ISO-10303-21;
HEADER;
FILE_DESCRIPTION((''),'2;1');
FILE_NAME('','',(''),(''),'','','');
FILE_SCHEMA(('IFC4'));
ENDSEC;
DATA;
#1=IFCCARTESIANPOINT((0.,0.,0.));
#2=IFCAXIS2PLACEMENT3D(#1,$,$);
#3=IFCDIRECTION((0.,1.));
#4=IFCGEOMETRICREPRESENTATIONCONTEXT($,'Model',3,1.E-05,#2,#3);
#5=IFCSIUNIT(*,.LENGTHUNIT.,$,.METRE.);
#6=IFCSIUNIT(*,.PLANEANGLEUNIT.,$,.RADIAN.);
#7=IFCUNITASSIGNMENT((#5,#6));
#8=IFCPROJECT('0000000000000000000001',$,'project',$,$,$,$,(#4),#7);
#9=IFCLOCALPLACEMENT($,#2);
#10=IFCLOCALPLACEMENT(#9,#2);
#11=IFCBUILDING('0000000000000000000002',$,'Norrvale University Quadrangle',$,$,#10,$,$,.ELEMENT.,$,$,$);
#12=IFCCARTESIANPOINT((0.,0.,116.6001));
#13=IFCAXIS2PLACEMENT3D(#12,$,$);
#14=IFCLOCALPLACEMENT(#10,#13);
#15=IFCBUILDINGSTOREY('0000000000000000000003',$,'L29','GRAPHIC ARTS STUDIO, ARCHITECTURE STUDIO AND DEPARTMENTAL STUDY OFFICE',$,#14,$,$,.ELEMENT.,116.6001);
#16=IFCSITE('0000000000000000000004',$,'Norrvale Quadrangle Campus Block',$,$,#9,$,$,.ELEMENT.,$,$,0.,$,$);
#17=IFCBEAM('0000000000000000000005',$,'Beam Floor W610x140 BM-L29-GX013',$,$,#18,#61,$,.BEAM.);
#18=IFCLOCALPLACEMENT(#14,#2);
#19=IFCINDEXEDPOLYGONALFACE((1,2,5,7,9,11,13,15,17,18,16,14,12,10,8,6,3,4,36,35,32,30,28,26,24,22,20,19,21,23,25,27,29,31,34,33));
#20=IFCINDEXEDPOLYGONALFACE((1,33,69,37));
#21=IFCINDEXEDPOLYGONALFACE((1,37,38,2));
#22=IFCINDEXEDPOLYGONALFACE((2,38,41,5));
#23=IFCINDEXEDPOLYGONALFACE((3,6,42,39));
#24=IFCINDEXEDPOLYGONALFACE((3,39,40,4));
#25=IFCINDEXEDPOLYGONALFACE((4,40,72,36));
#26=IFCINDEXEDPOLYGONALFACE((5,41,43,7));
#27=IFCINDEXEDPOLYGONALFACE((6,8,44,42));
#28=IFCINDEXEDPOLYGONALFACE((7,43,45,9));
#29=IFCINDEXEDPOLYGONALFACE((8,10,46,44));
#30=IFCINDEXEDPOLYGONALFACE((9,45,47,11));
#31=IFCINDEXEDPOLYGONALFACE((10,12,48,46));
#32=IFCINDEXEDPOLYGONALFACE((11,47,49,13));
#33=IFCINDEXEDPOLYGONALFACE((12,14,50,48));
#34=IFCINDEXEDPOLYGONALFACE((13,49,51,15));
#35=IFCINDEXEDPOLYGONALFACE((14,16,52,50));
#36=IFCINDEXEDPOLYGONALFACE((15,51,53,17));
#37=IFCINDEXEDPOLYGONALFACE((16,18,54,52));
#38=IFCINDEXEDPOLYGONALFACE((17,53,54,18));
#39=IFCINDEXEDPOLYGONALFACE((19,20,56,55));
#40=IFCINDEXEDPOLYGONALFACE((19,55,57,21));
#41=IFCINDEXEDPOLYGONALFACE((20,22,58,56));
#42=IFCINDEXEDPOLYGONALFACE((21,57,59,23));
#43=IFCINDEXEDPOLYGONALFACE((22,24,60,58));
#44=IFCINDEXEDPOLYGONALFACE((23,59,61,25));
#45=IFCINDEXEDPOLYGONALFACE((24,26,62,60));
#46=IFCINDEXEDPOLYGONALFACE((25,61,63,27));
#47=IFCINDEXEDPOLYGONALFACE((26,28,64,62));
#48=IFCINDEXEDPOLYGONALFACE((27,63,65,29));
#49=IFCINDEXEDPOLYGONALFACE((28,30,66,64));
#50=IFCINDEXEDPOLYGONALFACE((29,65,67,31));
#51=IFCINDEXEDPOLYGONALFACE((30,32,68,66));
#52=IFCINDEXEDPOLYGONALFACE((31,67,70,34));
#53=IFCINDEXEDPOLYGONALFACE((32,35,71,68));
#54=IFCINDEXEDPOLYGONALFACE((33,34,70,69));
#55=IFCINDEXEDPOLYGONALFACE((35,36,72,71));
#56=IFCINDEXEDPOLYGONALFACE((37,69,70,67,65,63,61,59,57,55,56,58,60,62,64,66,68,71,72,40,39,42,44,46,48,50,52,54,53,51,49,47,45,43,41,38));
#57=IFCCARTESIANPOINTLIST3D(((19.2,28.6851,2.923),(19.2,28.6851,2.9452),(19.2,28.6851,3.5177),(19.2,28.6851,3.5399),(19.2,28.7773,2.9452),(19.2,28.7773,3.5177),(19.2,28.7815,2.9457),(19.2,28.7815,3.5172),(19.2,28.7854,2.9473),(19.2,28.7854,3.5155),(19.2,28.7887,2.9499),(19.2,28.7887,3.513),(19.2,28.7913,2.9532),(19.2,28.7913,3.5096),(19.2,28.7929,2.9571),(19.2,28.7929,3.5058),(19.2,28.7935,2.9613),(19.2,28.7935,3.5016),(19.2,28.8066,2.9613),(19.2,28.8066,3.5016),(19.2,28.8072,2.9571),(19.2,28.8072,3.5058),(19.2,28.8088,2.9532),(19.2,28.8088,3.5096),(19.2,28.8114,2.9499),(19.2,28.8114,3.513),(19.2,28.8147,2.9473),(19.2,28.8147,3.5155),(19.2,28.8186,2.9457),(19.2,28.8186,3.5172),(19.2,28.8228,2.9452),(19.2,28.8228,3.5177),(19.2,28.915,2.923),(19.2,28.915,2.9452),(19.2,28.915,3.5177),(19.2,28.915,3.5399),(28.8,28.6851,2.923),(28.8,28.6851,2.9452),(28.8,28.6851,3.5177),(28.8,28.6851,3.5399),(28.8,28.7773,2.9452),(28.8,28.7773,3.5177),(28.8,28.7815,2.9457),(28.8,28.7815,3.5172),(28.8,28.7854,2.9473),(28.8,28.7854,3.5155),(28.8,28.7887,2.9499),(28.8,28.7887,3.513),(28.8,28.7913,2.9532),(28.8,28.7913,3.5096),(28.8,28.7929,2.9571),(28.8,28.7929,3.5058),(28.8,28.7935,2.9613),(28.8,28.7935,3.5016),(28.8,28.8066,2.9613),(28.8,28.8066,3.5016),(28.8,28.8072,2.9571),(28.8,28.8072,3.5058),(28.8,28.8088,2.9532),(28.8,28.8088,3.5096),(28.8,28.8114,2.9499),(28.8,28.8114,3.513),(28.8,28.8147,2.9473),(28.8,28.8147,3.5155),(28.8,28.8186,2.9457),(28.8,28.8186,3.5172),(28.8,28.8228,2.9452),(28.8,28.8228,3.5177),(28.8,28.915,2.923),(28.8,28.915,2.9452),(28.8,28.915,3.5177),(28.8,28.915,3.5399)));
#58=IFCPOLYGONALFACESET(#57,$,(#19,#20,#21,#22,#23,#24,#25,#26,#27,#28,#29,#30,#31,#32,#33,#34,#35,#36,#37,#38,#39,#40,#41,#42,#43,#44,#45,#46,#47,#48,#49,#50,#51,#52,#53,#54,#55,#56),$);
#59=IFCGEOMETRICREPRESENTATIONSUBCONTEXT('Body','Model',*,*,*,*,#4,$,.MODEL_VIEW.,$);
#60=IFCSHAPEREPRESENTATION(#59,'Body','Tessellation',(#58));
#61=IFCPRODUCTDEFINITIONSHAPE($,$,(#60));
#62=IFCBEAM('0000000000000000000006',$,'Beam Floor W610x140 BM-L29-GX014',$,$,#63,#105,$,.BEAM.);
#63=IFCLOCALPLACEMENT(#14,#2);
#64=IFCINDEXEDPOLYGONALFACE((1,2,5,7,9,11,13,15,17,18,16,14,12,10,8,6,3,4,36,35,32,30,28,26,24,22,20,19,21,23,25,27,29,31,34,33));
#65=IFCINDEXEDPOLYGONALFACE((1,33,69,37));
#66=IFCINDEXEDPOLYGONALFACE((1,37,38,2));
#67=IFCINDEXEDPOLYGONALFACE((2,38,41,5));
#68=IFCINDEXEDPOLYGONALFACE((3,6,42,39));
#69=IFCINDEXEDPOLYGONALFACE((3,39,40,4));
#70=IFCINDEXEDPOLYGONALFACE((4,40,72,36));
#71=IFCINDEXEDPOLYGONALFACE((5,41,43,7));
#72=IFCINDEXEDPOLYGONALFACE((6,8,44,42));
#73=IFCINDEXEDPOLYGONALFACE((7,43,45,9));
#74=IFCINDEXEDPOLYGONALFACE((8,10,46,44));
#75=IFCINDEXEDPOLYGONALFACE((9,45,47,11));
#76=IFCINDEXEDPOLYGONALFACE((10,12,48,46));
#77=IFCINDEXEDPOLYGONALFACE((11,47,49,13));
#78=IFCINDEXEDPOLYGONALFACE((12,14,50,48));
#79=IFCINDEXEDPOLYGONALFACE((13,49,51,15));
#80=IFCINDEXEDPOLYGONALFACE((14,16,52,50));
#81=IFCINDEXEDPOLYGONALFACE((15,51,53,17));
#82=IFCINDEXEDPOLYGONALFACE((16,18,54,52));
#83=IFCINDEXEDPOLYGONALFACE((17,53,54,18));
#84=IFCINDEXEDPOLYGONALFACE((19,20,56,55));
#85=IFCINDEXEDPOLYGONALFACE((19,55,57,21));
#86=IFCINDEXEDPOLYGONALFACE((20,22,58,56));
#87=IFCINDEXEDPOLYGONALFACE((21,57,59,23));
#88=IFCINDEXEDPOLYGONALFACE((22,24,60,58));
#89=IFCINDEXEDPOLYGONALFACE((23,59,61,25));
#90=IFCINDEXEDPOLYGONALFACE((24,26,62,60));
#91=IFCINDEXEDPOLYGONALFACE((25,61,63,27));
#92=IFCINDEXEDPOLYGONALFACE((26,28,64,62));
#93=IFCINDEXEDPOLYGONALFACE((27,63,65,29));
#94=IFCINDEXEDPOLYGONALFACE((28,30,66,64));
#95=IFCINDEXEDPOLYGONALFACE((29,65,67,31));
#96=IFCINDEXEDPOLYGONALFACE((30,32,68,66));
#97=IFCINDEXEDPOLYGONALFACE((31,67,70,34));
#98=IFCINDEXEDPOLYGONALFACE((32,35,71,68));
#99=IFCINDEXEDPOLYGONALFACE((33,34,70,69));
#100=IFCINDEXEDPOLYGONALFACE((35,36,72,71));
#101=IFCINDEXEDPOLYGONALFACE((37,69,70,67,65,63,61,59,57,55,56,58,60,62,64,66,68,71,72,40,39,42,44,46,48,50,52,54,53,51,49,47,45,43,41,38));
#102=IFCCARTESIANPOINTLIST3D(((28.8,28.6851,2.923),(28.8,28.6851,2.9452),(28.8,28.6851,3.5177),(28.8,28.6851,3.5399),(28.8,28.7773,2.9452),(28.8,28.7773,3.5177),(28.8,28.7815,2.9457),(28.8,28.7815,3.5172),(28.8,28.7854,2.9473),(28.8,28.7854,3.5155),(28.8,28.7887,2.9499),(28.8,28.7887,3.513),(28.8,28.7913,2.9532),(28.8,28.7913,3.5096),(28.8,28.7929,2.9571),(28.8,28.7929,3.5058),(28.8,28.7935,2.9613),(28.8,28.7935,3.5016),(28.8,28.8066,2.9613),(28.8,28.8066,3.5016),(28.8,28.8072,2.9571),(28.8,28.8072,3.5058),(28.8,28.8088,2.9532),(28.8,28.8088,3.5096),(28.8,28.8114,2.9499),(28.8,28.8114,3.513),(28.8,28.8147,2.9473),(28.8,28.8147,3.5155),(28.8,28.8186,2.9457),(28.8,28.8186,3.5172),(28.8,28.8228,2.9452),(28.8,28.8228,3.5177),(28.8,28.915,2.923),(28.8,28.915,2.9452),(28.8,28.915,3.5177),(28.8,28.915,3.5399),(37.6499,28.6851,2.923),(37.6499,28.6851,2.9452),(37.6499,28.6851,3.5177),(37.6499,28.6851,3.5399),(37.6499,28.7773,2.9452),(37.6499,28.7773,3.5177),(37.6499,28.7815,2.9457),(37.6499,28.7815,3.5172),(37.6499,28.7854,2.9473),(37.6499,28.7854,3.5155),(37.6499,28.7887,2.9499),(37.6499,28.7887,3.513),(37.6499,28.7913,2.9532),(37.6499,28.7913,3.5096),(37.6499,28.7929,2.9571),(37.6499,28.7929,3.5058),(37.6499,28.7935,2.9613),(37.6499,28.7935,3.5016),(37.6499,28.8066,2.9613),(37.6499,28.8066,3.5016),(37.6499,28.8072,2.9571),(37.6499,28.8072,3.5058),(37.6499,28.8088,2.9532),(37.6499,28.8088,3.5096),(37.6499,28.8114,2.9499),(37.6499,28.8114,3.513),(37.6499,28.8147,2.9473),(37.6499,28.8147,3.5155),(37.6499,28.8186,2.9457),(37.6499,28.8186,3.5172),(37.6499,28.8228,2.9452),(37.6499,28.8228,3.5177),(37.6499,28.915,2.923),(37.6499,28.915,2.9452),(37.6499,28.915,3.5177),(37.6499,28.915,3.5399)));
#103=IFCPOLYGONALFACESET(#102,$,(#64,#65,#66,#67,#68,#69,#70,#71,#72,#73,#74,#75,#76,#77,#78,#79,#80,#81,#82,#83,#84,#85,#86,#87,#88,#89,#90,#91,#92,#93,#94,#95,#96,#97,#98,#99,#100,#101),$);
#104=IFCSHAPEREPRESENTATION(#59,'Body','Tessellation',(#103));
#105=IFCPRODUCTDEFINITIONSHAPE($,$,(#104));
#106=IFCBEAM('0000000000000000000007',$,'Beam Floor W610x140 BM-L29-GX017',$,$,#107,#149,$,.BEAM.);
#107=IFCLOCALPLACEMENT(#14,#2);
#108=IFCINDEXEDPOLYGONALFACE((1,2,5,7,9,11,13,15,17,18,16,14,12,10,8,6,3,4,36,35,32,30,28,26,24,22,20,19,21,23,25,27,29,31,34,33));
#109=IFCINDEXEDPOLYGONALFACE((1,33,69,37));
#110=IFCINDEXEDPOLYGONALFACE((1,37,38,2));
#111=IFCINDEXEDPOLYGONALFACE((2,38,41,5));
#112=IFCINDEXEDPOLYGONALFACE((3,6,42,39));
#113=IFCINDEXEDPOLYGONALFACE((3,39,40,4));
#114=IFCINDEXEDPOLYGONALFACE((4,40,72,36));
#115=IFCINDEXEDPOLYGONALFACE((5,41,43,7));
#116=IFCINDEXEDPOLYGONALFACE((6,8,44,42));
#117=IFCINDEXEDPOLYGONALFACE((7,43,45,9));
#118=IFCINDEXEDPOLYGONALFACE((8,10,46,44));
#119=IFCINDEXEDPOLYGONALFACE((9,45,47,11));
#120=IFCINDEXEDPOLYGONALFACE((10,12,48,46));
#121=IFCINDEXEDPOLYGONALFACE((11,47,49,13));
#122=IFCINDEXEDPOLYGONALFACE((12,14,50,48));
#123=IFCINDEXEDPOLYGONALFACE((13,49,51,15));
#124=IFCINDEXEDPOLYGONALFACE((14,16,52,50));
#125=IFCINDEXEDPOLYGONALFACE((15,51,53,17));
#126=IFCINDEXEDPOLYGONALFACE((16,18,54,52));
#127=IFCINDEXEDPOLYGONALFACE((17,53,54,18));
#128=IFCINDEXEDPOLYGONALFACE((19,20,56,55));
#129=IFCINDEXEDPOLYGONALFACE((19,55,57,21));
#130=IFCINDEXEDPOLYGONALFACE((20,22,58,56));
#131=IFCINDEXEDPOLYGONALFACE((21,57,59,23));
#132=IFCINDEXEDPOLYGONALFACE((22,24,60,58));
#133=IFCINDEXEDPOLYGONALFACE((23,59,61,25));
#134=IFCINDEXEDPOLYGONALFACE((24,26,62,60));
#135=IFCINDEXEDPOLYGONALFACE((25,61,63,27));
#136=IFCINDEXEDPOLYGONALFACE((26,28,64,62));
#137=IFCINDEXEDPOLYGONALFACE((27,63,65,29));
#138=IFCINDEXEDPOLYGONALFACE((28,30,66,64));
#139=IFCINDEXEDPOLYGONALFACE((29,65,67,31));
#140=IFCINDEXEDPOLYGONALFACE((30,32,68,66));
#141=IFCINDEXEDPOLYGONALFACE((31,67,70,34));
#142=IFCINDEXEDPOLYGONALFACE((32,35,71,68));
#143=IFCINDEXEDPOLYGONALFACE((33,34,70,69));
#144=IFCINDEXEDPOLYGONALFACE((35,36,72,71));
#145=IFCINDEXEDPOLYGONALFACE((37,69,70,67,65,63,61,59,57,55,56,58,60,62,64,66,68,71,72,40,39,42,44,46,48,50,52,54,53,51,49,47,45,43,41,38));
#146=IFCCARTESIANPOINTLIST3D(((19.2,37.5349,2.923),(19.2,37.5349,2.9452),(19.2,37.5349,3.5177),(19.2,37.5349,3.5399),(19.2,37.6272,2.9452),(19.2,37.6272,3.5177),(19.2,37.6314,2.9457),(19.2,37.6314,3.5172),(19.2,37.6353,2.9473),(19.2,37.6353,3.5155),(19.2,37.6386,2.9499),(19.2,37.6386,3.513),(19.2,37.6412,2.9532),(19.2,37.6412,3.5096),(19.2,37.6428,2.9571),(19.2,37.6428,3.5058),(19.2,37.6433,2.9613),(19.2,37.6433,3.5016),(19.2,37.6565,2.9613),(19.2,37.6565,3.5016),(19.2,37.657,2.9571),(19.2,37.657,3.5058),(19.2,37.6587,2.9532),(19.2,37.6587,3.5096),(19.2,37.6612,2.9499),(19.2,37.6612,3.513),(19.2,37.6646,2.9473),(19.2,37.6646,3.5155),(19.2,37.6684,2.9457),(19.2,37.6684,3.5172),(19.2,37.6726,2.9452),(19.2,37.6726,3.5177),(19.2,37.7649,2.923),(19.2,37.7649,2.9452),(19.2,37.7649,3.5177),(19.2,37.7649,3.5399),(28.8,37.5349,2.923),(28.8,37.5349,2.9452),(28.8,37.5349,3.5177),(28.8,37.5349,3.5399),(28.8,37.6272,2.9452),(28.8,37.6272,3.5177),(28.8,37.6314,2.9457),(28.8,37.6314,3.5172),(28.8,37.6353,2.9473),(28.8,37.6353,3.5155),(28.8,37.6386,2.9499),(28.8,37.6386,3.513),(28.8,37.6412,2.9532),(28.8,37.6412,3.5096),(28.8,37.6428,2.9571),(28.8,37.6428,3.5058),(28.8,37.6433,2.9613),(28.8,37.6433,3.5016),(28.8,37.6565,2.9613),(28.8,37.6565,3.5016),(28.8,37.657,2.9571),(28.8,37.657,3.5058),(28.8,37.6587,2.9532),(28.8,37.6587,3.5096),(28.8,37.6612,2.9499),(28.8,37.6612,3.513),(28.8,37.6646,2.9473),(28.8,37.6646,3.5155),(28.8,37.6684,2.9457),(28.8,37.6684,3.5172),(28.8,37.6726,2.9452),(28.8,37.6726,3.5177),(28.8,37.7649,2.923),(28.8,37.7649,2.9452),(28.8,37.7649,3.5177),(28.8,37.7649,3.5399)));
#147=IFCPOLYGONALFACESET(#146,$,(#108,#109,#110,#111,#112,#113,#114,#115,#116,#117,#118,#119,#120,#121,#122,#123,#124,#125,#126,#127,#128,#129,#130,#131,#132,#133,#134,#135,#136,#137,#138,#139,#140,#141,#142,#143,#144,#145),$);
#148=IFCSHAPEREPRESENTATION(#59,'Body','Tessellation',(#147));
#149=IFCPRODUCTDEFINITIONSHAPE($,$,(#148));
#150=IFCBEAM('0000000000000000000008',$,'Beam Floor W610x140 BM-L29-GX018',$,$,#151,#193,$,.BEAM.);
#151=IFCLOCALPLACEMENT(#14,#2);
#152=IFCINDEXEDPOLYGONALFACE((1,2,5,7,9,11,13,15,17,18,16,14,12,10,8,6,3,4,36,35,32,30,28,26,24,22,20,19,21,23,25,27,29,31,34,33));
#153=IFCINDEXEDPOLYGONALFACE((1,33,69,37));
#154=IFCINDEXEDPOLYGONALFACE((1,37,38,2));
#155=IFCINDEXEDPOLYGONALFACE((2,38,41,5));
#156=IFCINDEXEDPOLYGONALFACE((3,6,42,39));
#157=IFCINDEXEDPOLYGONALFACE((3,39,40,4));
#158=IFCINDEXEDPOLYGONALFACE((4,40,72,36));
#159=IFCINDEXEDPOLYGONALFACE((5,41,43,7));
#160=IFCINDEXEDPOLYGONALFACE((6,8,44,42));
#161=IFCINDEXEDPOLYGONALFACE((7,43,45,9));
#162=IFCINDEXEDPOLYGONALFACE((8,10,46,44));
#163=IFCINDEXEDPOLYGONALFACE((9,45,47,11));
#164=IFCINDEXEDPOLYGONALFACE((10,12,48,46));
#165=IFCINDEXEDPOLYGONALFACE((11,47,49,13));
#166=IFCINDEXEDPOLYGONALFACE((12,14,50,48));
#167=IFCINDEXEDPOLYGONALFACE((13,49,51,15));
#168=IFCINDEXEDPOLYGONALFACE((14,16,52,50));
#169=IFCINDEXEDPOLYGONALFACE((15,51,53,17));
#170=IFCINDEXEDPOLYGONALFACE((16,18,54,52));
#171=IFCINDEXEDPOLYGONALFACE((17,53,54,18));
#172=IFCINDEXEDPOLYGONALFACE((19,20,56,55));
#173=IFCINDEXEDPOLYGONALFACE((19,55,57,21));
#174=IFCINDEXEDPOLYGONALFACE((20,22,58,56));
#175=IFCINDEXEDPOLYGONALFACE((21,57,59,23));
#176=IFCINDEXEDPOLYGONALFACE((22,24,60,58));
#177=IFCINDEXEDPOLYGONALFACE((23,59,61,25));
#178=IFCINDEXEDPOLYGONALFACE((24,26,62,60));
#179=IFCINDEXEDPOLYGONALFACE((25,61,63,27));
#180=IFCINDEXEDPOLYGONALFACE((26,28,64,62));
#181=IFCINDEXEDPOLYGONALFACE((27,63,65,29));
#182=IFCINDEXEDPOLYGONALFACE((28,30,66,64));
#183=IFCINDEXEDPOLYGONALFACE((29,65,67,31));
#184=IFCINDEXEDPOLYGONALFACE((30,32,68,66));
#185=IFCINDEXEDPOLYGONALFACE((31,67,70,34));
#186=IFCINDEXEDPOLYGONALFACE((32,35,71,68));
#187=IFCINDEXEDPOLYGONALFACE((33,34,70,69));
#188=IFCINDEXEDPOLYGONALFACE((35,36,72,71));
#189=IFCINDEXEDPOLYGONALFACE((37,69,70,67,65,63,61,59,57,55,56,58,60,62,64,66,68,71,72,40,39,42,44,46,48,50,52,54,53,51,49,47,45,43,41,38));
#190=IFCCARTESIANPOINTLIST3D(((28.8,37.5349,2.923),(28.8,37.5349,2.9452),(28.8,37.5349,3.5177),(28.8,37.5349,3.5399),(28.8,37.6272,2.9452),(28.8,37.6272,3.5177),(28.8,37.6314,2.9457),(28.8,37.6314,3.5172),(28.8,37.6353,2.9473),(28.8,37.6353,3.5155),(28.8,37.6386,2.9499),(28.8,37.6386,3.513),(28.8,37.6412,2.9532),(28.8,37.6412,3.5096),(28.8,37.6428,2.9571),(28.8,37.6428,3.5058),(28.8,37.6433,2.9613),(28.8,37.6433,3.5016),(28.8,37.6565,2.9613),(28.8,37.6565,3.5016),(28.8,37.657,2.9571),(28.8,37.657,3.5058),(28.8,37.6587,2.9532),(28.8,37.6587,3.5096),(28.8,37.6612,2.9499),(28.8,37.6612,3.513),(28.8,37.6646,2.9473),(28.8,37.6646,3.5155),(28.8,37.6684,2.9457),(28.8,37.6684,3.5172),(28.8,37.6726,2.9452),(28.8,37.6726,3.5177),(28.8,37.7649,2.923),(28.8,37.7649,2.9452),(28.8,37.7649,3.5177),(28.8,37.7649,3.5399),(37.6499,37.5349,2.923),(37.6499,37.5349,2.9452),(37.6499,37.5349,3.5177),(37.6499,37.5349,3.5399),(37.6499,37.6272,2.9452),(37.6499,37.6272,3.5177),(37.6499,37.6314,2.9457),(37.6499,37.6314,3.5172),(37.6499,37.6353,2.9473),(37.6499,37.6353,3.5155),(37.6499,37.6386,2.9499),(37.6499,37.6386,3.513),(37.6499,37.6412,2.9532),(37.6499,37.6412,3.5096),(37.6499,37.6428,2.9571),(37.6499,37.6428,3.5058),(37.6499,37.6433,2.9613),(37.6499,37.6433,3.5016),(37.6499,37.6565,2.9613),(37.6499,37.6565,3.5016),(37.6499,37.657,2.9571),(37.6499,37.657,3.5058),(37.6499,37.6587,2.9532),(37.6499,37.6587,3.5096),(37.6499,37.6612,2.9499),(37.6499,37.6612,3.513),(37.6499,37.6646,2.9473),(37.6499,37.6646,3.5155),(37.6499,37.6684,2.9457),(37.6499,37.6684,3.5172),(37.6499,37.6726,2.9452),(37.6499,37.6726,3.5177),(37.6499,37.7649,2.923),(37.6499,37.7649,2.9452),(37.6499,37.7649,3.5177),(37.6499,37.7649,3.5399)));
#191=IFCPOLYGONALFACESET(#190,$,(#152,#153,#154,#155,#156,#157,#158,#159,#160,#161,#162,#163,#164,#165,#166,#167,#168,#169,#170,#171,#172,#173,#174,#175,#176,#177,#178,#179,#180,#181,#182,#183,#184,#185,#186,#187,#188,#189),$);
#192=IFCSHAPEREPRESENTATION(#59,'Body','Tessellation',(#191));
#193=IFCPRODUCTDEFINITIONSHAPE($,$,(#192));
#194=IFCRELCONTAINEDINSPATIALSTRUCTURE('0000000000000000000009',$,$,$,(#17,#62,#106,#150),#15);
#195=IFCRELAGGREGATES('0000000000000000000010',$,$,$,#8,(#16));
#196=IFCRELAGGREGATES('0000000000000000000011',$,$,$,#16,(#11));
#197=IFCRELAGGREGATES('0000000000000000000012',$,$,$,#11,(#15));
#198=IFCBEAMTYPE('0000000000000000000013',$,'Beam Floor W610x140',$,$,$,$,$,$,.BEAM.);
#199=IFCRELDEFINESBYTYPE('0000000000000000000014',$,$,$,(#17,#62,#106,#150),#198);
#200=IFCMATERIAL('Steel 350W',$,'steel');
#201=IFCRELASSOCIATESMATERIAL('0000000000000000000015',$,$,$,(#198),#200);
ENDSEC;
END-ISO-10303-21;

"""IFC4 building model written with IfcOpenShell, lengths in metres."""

from ifc_helpers import new_model, si_unit, direction, frame, origin, origin_2d, place, context, subcontext, project, spatial, i_section, extrude, material, material_profile, profile_set, type_object, element, save


model = new_model("IFC4")

# Units and contexts
model_context = context("Model", 3, precision=1e-05, world=origin(), true_north=direction((0.0, 1.0)))
body_context = subcontext(model_context, "Body", "Model", "MODEL_VIEW")
ifc_project = project(units=[si_unit("LENGTHUNIT", "METRE"), si_unit("PLANEANGLEUNIT", "RADIAN")], contexts=[model_context])

# Site, building, storey
site_placement = place(None, origin())
site = spatial("IfcSite", under=ifc_project, at=site_placement, Name="Norrvale Quadrangle Campus Block", CompositionType="ELEMENT", RefElevation=0.0)
building_placement = place(site_placement, origin())
building = spatial("IfcBuilding", under=site, at=building_placement, Name="Norrvale University Quadrangle", CompositionType="ELEMENT")
storey_placement = place(building_placement, frame((0.0, 0.0, 116.6001)))
storey = spatial("IfcBuildingStorey", under=building, at=storey_placement, Name="L29", Description="GRAPHIC ARTS STUDIO, ARCHITECTURE STUDIO AND DEPARTMENTAL STUDY OFFICE", CompositionType="ELEMENT", Elevation=116.6001)

# Beams
ifc_material_1 = material(Name="Steel 350W", Category="steel")
ifc_material_profile_1 = material_profile(ifc_material_1, i_section(OverallWidth=0.23, OverallDepth=0.6169, WebThickness=0.0132, FlangeThickness=0.0222, FilletRadius=0.0161, at=origin_2d()), Name="Steel 350W")
ifc_profile_set_1 = profile_set([ifc_material_profile_1], Name="Steel 350W")
beam_type_1 = type_object("IfcBeamType", Name="Beam Floor W610x140", PredefinedType="BEAM", material=ifc_profile_set_1)
beam_1_placement = place(storey_placement, frame((19.2, 28.8, 3.2314), z_axis=(1.0, 0.0, 0.0), x_axis=(0.0, 1.0, 0.0)))
element("IfcBeam", 1, at=beam_1_placement, inside=storey, type_object=beam_type_1, Name="Beam Floor W610x140 BM-L29-GX013", PredefinedType="BEAM", context=body_context, shape_type="SweptSolid", body=[
    extrude(i_section(OverallWidth=0.23, OverallDepth=0.6169, WebThickness=0.0132, FlangeThickness=0.0222, FilletRadius=0.0161, at=origin_2d()), origin(), (0.0, 0.0, 1.0), 9.6001),
])
beam_2_placement = place(storey_placement, frame((28.8, 28.8, 3.2314), z_axis=(1.0, 0.0, 0.0), x_axis=(0.0, 1.0, 0.0)))
element("IfcBeam", 2, at=beam_2_placement, inside=storey, type_object=beam_type_1, Name="Beam Floor W610x140 BM-L29-GX014", PredefinedType="BEAM", context=body_context, shape_type="SweptSolid", body=[
    extrude(i_section(OverallWidth=0.23, OverallDepth=0.6169, WebThickness=0.0132, FlangeThickness=0.0222, FilletRadius=0.0161, at=origin_2d()), origin(), (0.0, 0.0, 1.0), 8.8499),
])
beam_3_placement = place(storey_placement, frame((19.2, 37.6499, 3.2314), z_axis=(1.0, 0.0, 0.0), x_axis=(0.0, 1.0, 0.0)))
element("IfcBeam", 3, at=beam_3_placement, inside=storey, type_object=beam_type_1, Name="Beam Floor W610x140 BM-L29-GX017", PredefinedType="BEAM", context=body_context, shape_type="SweptSolid", body=[
    extrude(i_section(OverallWidth=0.23, OverallDepth=0.6169, WebThickness=0.0132, FlangeThickness=0.0222, FilletRadius=0.0161, at=origin_2d()), origin(), (0.0, 0.0, 1.0), 9.6001),
])
for number, where, z_axis, x_axis, name in (
    (4, (28.8, 37.6499, 3.2314), (1.0, 0.0, 0.0), (0.0, 1.0, 0.0), "Beam Floor W610x140 BM-L29-GX018"),
):
    element("IfcBeam", number, at=place(storey_placement, frame(where, z_axis=z_axis, x_axis=x_axis)), inside=storey, type_object=beam_type_1, Name=name, PredefinedType="BEAM", context=body_context, shape_type="SweptSolid", body=[
        extrude(i_section(OverallWidth=0.23, OverallDepth=0.6169, WebThickness=0.0132, FlangeThickness=0.0222, FilletRadius=0.0161, at=origin_2d()), origin(), (0.0, 0.0, 1.0), 8.8499),
    ])

save(model, "model.ifc")
